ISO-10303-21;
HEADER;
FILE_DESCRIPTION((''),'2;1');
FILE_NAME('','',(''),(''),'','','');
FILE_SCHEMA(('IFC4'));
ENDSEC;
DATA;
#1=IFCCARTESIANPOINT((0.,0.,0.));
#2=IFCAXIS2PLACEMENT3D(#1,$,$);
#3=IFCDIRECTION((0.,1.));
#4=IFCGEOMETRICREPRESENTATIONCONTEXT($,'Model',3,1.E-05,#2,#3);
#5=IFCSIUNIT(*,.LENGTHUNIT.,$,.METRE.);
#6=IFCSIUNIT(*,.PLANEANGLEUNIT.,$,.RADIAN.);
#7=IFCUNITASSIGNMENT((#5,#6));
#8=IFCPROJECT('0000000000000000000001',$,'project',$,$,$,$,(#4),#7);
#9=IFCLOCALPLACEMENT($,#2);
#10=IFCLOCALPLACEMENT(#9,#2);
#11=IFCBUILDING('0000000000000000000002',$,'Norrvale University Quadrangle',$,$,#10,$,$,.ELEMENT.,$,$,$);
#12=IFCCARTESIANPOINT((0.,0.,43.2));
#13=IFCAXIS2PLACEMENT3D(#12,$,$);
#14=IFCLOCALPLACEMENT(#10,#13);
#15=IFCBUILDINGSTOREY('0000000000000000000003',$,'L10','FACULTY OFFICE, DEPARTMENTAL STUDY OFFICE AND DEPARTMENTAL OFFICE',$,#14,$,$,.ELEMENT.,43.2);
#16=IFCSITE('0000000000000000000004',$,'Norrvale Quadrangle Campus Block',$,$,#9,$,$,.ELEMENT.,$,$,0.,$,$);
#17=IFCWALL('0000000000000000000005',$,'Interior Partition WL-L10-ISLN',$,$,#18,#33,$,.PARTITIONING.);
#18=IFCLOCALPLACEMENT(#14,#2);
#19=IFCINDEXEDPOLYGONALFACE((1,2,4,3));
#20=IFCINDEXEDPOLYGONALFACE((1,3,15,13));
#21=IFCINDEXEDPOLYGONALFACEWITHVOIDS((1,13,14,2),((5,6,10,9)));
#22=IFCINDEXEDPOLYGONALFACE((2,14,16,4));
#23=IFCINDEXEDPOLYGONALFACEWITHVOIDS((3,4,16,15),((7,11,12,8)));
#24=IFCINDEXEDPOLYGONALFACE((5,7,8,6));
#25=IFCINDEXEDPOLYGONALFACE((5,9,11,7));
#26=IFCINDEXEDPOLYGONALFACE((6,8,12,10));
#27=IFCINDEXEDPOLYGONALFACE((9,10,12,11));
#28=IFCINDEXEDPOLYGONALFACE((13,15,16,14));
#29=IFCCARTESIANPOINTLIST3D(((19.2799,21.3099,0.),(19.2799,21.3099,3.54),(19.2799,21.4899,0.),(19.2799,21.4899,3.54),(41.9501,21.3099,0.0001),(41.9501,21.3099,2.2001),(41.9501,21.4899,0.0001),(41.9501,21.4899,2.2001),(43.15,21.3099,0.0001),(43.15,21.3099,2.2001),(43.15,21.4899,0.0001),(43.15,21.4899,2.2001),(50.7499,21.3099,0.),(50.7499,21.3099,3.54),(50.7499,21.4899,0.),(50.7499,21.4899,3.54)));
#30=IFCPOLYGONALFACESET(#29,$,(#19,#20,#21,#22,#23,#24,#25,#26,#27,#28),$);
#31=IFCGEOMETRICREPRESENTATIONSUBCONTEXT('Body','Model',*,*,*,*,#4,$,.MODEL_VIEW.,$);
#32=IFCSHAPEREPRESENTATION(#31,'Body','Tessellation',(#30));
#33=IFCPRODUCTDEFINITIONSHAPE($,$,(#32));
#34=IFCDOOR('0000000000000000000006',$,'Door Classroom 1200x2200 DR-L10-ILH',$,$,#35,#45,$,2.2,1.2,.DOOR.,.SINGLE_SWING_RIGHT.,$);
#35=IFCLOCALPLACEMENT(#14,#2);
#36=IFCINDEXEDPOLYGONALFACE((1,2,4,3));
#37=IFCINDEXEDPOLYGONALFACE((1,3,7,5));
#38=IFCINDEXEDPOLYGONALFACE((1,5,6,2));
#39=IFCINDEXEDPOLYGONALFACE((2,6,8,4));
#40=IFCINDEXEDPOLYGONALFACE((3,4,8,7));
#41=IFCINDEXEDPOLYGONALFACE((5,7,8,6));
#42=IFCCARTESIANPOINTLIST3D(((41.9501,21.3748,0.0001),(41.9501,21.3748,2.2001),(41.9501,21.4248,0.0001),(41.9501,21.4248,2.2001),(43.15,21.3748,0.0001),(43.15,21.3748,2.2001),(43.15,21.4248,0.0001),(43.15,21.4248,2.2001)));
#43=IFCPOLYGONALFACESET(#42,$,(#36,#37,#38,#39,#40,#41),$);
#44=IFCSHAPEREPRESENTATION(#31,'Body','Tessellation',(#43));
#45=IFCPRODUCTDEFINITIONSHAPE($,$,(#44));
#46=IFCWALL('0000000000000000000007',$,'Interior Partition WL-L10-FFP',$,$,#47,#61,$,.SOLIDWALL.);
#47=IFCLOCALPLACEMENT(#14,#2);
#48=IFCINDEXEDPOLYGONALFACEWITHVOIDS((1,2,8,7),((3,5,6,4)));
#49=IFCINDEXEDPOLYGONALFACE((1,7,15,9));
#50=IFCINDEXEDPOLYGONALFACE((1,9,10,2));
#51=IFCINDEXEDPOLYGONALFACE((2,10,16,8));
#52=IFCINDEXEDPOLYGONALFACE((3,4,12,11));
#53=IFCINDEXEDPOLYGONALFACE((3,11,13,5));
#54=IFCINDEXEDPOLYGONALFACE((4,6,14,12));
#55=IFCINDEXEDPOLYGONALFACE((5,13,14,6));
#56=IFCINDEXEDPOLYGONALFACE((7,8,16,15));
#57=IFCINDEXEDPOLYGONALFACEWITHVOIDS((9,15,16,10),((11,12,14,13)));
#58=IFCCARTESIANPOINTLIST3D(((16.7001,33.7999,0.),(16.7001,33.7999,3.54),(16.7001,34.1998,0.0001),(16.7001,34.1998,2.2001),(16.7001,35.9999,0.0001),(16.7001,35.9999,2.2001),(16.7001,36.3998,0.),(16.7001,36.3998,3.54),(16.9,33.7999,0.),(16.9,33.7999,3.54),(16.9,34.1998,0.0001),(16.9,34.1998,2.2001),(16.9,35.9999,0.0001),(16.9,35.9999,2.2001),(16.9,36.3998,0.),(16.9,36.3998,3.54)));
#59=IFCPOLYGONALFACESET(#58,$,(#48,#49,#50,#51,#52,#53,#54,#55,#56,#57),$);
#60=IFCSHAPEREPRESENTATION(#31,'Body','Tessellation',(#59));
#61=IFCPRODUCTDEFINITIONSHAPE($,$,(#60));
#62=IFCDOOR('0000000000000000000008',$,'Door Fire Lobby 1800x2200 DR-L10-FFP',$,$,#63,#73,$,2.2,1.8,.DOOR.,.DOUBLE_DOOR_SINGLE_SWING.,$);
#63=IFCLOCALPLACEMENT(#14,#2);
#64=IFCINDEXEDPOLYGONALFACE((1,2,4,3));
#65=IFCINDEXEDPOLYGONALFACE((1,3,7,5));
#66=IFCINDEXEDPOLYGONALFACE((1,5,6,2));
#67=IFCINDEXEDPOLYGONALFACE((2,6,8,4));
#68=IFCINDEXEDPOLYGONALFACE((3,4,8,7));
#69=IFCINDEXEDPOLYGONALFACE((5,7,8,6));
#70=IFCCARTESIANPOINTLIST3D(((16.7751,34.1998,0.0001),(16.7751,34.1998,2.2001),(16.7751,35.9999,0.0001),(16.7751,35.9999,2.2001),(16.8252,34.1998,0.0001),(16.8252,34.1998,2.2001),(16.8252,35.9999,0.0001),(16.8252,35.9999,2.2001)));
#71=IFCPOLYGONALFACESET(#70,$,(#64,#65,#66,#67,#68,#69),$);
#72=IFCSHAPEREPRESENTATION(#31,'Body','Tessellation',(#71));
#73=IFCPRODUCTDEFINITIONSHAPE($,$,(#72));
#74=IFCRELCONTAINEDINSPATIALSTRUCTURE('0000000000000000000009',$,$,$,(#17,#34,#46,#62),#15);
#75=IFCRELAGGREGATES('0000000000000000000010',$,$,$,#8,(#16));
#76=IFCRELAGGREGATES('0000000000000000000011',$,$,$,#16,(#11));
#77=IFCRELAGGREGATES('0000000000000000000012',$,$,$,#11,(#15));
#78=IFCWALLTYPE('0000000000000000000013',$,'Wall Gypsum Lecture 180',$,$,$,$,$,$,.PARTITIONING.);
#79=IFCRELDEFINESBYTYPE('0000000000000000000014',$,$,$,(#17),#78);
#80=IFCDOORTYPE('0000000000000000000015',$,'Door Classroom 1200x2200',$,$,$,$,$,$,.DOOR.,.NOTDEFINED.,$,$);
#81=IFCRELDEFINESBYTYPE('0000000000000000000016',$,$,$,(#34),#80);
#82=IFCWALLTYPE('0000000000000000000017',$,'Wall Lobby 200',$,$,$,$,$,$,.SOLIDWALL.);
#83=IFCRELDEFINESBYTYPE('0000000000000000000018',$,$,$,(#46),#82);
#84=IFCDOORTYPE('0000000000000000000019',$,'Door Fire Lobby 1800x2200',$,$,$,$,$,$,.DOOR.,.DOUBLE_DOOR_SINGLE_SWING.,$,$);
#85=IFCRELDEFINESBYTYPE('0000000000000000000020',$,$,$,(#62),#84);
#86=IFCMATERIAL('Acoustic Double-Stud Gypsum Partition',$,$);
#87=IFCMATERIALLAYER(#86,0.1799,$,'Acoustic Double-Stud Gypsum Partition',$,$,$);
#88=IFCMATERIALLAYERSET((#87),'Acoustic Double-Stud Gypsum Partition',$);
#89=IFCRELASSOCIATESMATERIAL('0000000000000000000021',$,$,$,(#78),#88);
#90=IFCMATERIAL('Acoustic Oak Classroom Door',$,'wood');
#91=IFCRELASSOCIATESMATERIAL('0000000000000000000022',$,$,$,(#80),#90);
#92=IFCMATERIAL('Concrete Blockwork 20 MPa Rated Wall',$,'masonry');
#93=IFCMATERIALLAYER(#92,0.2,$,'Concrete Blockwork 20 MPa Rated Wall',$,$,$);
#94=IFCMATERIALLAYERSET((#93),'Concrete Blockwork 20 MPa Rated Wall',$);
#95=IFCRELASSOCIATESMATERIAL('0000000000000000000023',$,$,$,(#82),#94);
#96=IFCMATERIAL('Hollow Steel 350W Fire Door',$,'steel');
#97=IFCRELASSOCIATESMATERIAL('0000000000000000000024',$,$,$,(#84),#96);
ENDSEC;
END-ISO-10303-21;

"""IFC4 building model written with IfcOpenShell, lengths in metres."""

from ifc_helpers import new_model, si_unit, direction, frame, frame_2d, origin, place, context, subcontext, project, spatial, rectangle, extrude, material, layer, layer_set, type_object, element, fill, save


model = new_model("IFC4")

# Units and contexts
model_context = context("Model", 3, precision=1e-05, world=origin(), true_north=direction((0.0, 1.0)))
body_context = subcontext(model_context, "Body", "Model", "MODEL_VIEW")
ifc_project = project(units=[si_unit("LENGTHUNIT", "METRE"), si_unit("PLANEANGLEUNIT", "RADIAN")], contexts=[model_context])

# Site, building, storey
site_placement = place(None, origin())
site = spatial("IfcSite", under=ifc_project, at=site_placement, Name="Norrvale Quadrangle Campus Block", CompositionType="ELEMENT", RefElevation=0.0)
building_placement = place(site_placement, origin())
building = spatial("IfcBuilding", under=site, at=building_placement, Name="Norrvale University Quadrangle", CompositionType="ELEMENT")
storey_placement = place(building_placement, frame((0.0, 0.0, 43.2)))
storey = spatial("IfcBuildingStorey", under=building, at=storey_placement, Name="L10", Description="FACULTY OFFICE, DEPARTMENTAL STUDY OFFICE AND DEPARTMENTAL OFFICE", CompositionType="ELEMENT", Elevation=43.2)

# Walls, openings, doors
ifc_material_1 = material(Name="Acoustic Double-Stud Gypsum Partition")
ifc_layer_1 = layer(ifc_material_1, 0.1799, Name="Acoustic Double-Stud Gypsum Partition")
ifc_layer_set_1 = layer_set([ifc_layer_1], Name="Acoustic Double-Stud Gypsum Partition")
wall_type_1 = type_object("IfcWallType", Name="Wall Gypsum Lecture 180", PredefinedType="PARTITIONING", material=ifc_layer_set_1)
wall_1_placement = place(storey_placement, frame((19.28, 21.3999, 0.0), z_axis=(0.0, 0.0, 1.0), x_axis=(1.0, 0.0, 0.0)))
wall_1 = element("IfcWall", 1, at=wall_1_placement, inside=storey, type_object=wall_type_1, Name="Interior Partition WL-L10-ISLN", PredefinedType="PARTITIONING", context=body_context, shape_type="SweptSolid", body=[
    extrude(rectangle(XDim=31.47, YDim=0.1799, at=frame_2d((15.7349, 0.0))), origin(), (0.0, 0.0, 1.0), 3.54),
])
opening_1_placement = place(wall_1_placement, frame((22.6699, 0.0, 0.0)))
opening_1 = element("IfcOpeningElement", 2, at=opening_1_placement, cuts=wall_1, PredefinedType="OPENING", context=body_context, shape_type="SweptSolid", body=[
    extrude(rectangle(XDim=1.2, YDim=2.2, at=frame_2d((0.6001, 1.1001))), frame((0.0, 0.1021, 0.0), z_axis=(0.0, -1.0, 0.0), x_axis=(1.0, 0.0, 0.0)), (0.0, 0.0, 1.0), 0.2039),
])
ifc_material_2 = material(Name="Acoustic Oak Classroom Door", Category="wood")
door_type_1 = type_object("IfcDoorType", Name="Door Classroom 1200x2200", OperationType="NOTDEFINED", PredefinedType="DOOR", material=ifc_material_2)
door_1_placement = place(opening_1_placement, origin())
door_1 = element("IfcDoor", 3, at=door_1_placement, inside=storey, type_object=door_type_1, Name="Door Classroom 1200x2200 DR-L10-ILH", OperationType="SINGLE_SWING_RIGHT", OverallHeight=2.2, OverallWidth=1.2, PredefinedType="DOOR", context=body_context, shape_type="SweptSolid", body=[
    extrude(rectangle(XDim=1.2, YDim=2.2, at=frame_2d((0.6001, 1.1001))), frame((0.0, 0.0249, 0.0), z_axis=(0.0, -1.0, 0.0), x_axis=(1.0, 0.0, 0.0)), (0.0, 0.0, 1.0), 0.05),
])
fill(opening_1, door_1)
ifc_material_3 = material(Name="Concrete Blockwork 20 MPa Rated Wall", Category="masonry")
ifc_layer_2 = layer(ifc_material_3, 0.2, Name="Concrete Blockwork 20 MPa Rated Wall")
ifc_layer_set_2 = layer_set([ifc_layer_2], Name="Concrete Blockwork 20 MPa Rated Wall")
wall_type_2 = type_object("IfcWallType", Name="Wall Lobby 200", PredefinedType="SOLIDWALL", material=ifc_layer_set_2)
wall_2_placement = place(storey_placement, frame((16.8, 33.8, 0.0), z_axis=(0.0, 0.0, 1.0), x_axis=(0.0, 1.0, 0.0)))
wall_2 = element("IfcWall", 4, at=wall_2_placement, inside=storey, type_object=wall_type_2, Name="Interior Partition WL-L10-FFP", PredefinedType="SOLIDWALL", context=body_context, shape_type="SweptSolid", body=[
    extrude(rectangle(XDim=2.5999, YDim=0.2, at=frame_2d((1.2998, 0.0))), origin(), (0.0, 0.0, 1.0), 3.54),
])
opening_2_placement = place(wall_2_placement, frame((0.3999, 0.0, 0.0)))
opening_2 = element("IfcOpeningElement", 5, at=opening_2_placement, cuts=wall_2, PredefinedType="OPENING", context=body_context, shape_type="SweptSolid", body=[
    extrude(rectangle(XDim=1.8, YDim=2.2, at=frame_2d((0.8999, 1.1001))), frame((0.0, 0.1121, 0.0), z_axis=(0.0, -1.0, 0.0), x_axis=(1.0, 0.0, 0.0)), (0.0, 0.0, 1.0), 0.2239),
])
ifc_material_4 = material(Name="Hollow Steel 350W Fire Door", Category="steel")
door_type_2 = type_object("IfcDoorType", Name="Door Fire Lobby 1800x2200", OperationType="DOUBLE_DOOR_SINGLE_SWING", PredefinedType="DOOR", material=ifc_material_4)
door_2_placement = place(opening_2_placement, origin())
door_2 = element("IfcDoor", 6, at=door_2_placement, inside=storey, type_object=door_type_2, Name="Door Fire Lobby 1800x2200 DR-L10-FFP", OperationType="DOUBLE_DOOR_SINGLE_SWING", OverallHeight=2.2, OverallWidth=1.8, PredefinedType="DOOR", context=body_context, shape_type="SweptSolid", body=[
    extrude(rectangle(XDim=1.8, YDim=2.2, at=frame_2d((0.8999, 1.1001))), frame((0.0, 0.0249, 0.0), z_axis=(0.0, -1.0, 0.0), x_axis=(1.0, 0.0, 0.0)), (0.0, 0.0, 1.0), 0.05),
])
fill(opening_2, door_2)

save(model, "model.ifc")
